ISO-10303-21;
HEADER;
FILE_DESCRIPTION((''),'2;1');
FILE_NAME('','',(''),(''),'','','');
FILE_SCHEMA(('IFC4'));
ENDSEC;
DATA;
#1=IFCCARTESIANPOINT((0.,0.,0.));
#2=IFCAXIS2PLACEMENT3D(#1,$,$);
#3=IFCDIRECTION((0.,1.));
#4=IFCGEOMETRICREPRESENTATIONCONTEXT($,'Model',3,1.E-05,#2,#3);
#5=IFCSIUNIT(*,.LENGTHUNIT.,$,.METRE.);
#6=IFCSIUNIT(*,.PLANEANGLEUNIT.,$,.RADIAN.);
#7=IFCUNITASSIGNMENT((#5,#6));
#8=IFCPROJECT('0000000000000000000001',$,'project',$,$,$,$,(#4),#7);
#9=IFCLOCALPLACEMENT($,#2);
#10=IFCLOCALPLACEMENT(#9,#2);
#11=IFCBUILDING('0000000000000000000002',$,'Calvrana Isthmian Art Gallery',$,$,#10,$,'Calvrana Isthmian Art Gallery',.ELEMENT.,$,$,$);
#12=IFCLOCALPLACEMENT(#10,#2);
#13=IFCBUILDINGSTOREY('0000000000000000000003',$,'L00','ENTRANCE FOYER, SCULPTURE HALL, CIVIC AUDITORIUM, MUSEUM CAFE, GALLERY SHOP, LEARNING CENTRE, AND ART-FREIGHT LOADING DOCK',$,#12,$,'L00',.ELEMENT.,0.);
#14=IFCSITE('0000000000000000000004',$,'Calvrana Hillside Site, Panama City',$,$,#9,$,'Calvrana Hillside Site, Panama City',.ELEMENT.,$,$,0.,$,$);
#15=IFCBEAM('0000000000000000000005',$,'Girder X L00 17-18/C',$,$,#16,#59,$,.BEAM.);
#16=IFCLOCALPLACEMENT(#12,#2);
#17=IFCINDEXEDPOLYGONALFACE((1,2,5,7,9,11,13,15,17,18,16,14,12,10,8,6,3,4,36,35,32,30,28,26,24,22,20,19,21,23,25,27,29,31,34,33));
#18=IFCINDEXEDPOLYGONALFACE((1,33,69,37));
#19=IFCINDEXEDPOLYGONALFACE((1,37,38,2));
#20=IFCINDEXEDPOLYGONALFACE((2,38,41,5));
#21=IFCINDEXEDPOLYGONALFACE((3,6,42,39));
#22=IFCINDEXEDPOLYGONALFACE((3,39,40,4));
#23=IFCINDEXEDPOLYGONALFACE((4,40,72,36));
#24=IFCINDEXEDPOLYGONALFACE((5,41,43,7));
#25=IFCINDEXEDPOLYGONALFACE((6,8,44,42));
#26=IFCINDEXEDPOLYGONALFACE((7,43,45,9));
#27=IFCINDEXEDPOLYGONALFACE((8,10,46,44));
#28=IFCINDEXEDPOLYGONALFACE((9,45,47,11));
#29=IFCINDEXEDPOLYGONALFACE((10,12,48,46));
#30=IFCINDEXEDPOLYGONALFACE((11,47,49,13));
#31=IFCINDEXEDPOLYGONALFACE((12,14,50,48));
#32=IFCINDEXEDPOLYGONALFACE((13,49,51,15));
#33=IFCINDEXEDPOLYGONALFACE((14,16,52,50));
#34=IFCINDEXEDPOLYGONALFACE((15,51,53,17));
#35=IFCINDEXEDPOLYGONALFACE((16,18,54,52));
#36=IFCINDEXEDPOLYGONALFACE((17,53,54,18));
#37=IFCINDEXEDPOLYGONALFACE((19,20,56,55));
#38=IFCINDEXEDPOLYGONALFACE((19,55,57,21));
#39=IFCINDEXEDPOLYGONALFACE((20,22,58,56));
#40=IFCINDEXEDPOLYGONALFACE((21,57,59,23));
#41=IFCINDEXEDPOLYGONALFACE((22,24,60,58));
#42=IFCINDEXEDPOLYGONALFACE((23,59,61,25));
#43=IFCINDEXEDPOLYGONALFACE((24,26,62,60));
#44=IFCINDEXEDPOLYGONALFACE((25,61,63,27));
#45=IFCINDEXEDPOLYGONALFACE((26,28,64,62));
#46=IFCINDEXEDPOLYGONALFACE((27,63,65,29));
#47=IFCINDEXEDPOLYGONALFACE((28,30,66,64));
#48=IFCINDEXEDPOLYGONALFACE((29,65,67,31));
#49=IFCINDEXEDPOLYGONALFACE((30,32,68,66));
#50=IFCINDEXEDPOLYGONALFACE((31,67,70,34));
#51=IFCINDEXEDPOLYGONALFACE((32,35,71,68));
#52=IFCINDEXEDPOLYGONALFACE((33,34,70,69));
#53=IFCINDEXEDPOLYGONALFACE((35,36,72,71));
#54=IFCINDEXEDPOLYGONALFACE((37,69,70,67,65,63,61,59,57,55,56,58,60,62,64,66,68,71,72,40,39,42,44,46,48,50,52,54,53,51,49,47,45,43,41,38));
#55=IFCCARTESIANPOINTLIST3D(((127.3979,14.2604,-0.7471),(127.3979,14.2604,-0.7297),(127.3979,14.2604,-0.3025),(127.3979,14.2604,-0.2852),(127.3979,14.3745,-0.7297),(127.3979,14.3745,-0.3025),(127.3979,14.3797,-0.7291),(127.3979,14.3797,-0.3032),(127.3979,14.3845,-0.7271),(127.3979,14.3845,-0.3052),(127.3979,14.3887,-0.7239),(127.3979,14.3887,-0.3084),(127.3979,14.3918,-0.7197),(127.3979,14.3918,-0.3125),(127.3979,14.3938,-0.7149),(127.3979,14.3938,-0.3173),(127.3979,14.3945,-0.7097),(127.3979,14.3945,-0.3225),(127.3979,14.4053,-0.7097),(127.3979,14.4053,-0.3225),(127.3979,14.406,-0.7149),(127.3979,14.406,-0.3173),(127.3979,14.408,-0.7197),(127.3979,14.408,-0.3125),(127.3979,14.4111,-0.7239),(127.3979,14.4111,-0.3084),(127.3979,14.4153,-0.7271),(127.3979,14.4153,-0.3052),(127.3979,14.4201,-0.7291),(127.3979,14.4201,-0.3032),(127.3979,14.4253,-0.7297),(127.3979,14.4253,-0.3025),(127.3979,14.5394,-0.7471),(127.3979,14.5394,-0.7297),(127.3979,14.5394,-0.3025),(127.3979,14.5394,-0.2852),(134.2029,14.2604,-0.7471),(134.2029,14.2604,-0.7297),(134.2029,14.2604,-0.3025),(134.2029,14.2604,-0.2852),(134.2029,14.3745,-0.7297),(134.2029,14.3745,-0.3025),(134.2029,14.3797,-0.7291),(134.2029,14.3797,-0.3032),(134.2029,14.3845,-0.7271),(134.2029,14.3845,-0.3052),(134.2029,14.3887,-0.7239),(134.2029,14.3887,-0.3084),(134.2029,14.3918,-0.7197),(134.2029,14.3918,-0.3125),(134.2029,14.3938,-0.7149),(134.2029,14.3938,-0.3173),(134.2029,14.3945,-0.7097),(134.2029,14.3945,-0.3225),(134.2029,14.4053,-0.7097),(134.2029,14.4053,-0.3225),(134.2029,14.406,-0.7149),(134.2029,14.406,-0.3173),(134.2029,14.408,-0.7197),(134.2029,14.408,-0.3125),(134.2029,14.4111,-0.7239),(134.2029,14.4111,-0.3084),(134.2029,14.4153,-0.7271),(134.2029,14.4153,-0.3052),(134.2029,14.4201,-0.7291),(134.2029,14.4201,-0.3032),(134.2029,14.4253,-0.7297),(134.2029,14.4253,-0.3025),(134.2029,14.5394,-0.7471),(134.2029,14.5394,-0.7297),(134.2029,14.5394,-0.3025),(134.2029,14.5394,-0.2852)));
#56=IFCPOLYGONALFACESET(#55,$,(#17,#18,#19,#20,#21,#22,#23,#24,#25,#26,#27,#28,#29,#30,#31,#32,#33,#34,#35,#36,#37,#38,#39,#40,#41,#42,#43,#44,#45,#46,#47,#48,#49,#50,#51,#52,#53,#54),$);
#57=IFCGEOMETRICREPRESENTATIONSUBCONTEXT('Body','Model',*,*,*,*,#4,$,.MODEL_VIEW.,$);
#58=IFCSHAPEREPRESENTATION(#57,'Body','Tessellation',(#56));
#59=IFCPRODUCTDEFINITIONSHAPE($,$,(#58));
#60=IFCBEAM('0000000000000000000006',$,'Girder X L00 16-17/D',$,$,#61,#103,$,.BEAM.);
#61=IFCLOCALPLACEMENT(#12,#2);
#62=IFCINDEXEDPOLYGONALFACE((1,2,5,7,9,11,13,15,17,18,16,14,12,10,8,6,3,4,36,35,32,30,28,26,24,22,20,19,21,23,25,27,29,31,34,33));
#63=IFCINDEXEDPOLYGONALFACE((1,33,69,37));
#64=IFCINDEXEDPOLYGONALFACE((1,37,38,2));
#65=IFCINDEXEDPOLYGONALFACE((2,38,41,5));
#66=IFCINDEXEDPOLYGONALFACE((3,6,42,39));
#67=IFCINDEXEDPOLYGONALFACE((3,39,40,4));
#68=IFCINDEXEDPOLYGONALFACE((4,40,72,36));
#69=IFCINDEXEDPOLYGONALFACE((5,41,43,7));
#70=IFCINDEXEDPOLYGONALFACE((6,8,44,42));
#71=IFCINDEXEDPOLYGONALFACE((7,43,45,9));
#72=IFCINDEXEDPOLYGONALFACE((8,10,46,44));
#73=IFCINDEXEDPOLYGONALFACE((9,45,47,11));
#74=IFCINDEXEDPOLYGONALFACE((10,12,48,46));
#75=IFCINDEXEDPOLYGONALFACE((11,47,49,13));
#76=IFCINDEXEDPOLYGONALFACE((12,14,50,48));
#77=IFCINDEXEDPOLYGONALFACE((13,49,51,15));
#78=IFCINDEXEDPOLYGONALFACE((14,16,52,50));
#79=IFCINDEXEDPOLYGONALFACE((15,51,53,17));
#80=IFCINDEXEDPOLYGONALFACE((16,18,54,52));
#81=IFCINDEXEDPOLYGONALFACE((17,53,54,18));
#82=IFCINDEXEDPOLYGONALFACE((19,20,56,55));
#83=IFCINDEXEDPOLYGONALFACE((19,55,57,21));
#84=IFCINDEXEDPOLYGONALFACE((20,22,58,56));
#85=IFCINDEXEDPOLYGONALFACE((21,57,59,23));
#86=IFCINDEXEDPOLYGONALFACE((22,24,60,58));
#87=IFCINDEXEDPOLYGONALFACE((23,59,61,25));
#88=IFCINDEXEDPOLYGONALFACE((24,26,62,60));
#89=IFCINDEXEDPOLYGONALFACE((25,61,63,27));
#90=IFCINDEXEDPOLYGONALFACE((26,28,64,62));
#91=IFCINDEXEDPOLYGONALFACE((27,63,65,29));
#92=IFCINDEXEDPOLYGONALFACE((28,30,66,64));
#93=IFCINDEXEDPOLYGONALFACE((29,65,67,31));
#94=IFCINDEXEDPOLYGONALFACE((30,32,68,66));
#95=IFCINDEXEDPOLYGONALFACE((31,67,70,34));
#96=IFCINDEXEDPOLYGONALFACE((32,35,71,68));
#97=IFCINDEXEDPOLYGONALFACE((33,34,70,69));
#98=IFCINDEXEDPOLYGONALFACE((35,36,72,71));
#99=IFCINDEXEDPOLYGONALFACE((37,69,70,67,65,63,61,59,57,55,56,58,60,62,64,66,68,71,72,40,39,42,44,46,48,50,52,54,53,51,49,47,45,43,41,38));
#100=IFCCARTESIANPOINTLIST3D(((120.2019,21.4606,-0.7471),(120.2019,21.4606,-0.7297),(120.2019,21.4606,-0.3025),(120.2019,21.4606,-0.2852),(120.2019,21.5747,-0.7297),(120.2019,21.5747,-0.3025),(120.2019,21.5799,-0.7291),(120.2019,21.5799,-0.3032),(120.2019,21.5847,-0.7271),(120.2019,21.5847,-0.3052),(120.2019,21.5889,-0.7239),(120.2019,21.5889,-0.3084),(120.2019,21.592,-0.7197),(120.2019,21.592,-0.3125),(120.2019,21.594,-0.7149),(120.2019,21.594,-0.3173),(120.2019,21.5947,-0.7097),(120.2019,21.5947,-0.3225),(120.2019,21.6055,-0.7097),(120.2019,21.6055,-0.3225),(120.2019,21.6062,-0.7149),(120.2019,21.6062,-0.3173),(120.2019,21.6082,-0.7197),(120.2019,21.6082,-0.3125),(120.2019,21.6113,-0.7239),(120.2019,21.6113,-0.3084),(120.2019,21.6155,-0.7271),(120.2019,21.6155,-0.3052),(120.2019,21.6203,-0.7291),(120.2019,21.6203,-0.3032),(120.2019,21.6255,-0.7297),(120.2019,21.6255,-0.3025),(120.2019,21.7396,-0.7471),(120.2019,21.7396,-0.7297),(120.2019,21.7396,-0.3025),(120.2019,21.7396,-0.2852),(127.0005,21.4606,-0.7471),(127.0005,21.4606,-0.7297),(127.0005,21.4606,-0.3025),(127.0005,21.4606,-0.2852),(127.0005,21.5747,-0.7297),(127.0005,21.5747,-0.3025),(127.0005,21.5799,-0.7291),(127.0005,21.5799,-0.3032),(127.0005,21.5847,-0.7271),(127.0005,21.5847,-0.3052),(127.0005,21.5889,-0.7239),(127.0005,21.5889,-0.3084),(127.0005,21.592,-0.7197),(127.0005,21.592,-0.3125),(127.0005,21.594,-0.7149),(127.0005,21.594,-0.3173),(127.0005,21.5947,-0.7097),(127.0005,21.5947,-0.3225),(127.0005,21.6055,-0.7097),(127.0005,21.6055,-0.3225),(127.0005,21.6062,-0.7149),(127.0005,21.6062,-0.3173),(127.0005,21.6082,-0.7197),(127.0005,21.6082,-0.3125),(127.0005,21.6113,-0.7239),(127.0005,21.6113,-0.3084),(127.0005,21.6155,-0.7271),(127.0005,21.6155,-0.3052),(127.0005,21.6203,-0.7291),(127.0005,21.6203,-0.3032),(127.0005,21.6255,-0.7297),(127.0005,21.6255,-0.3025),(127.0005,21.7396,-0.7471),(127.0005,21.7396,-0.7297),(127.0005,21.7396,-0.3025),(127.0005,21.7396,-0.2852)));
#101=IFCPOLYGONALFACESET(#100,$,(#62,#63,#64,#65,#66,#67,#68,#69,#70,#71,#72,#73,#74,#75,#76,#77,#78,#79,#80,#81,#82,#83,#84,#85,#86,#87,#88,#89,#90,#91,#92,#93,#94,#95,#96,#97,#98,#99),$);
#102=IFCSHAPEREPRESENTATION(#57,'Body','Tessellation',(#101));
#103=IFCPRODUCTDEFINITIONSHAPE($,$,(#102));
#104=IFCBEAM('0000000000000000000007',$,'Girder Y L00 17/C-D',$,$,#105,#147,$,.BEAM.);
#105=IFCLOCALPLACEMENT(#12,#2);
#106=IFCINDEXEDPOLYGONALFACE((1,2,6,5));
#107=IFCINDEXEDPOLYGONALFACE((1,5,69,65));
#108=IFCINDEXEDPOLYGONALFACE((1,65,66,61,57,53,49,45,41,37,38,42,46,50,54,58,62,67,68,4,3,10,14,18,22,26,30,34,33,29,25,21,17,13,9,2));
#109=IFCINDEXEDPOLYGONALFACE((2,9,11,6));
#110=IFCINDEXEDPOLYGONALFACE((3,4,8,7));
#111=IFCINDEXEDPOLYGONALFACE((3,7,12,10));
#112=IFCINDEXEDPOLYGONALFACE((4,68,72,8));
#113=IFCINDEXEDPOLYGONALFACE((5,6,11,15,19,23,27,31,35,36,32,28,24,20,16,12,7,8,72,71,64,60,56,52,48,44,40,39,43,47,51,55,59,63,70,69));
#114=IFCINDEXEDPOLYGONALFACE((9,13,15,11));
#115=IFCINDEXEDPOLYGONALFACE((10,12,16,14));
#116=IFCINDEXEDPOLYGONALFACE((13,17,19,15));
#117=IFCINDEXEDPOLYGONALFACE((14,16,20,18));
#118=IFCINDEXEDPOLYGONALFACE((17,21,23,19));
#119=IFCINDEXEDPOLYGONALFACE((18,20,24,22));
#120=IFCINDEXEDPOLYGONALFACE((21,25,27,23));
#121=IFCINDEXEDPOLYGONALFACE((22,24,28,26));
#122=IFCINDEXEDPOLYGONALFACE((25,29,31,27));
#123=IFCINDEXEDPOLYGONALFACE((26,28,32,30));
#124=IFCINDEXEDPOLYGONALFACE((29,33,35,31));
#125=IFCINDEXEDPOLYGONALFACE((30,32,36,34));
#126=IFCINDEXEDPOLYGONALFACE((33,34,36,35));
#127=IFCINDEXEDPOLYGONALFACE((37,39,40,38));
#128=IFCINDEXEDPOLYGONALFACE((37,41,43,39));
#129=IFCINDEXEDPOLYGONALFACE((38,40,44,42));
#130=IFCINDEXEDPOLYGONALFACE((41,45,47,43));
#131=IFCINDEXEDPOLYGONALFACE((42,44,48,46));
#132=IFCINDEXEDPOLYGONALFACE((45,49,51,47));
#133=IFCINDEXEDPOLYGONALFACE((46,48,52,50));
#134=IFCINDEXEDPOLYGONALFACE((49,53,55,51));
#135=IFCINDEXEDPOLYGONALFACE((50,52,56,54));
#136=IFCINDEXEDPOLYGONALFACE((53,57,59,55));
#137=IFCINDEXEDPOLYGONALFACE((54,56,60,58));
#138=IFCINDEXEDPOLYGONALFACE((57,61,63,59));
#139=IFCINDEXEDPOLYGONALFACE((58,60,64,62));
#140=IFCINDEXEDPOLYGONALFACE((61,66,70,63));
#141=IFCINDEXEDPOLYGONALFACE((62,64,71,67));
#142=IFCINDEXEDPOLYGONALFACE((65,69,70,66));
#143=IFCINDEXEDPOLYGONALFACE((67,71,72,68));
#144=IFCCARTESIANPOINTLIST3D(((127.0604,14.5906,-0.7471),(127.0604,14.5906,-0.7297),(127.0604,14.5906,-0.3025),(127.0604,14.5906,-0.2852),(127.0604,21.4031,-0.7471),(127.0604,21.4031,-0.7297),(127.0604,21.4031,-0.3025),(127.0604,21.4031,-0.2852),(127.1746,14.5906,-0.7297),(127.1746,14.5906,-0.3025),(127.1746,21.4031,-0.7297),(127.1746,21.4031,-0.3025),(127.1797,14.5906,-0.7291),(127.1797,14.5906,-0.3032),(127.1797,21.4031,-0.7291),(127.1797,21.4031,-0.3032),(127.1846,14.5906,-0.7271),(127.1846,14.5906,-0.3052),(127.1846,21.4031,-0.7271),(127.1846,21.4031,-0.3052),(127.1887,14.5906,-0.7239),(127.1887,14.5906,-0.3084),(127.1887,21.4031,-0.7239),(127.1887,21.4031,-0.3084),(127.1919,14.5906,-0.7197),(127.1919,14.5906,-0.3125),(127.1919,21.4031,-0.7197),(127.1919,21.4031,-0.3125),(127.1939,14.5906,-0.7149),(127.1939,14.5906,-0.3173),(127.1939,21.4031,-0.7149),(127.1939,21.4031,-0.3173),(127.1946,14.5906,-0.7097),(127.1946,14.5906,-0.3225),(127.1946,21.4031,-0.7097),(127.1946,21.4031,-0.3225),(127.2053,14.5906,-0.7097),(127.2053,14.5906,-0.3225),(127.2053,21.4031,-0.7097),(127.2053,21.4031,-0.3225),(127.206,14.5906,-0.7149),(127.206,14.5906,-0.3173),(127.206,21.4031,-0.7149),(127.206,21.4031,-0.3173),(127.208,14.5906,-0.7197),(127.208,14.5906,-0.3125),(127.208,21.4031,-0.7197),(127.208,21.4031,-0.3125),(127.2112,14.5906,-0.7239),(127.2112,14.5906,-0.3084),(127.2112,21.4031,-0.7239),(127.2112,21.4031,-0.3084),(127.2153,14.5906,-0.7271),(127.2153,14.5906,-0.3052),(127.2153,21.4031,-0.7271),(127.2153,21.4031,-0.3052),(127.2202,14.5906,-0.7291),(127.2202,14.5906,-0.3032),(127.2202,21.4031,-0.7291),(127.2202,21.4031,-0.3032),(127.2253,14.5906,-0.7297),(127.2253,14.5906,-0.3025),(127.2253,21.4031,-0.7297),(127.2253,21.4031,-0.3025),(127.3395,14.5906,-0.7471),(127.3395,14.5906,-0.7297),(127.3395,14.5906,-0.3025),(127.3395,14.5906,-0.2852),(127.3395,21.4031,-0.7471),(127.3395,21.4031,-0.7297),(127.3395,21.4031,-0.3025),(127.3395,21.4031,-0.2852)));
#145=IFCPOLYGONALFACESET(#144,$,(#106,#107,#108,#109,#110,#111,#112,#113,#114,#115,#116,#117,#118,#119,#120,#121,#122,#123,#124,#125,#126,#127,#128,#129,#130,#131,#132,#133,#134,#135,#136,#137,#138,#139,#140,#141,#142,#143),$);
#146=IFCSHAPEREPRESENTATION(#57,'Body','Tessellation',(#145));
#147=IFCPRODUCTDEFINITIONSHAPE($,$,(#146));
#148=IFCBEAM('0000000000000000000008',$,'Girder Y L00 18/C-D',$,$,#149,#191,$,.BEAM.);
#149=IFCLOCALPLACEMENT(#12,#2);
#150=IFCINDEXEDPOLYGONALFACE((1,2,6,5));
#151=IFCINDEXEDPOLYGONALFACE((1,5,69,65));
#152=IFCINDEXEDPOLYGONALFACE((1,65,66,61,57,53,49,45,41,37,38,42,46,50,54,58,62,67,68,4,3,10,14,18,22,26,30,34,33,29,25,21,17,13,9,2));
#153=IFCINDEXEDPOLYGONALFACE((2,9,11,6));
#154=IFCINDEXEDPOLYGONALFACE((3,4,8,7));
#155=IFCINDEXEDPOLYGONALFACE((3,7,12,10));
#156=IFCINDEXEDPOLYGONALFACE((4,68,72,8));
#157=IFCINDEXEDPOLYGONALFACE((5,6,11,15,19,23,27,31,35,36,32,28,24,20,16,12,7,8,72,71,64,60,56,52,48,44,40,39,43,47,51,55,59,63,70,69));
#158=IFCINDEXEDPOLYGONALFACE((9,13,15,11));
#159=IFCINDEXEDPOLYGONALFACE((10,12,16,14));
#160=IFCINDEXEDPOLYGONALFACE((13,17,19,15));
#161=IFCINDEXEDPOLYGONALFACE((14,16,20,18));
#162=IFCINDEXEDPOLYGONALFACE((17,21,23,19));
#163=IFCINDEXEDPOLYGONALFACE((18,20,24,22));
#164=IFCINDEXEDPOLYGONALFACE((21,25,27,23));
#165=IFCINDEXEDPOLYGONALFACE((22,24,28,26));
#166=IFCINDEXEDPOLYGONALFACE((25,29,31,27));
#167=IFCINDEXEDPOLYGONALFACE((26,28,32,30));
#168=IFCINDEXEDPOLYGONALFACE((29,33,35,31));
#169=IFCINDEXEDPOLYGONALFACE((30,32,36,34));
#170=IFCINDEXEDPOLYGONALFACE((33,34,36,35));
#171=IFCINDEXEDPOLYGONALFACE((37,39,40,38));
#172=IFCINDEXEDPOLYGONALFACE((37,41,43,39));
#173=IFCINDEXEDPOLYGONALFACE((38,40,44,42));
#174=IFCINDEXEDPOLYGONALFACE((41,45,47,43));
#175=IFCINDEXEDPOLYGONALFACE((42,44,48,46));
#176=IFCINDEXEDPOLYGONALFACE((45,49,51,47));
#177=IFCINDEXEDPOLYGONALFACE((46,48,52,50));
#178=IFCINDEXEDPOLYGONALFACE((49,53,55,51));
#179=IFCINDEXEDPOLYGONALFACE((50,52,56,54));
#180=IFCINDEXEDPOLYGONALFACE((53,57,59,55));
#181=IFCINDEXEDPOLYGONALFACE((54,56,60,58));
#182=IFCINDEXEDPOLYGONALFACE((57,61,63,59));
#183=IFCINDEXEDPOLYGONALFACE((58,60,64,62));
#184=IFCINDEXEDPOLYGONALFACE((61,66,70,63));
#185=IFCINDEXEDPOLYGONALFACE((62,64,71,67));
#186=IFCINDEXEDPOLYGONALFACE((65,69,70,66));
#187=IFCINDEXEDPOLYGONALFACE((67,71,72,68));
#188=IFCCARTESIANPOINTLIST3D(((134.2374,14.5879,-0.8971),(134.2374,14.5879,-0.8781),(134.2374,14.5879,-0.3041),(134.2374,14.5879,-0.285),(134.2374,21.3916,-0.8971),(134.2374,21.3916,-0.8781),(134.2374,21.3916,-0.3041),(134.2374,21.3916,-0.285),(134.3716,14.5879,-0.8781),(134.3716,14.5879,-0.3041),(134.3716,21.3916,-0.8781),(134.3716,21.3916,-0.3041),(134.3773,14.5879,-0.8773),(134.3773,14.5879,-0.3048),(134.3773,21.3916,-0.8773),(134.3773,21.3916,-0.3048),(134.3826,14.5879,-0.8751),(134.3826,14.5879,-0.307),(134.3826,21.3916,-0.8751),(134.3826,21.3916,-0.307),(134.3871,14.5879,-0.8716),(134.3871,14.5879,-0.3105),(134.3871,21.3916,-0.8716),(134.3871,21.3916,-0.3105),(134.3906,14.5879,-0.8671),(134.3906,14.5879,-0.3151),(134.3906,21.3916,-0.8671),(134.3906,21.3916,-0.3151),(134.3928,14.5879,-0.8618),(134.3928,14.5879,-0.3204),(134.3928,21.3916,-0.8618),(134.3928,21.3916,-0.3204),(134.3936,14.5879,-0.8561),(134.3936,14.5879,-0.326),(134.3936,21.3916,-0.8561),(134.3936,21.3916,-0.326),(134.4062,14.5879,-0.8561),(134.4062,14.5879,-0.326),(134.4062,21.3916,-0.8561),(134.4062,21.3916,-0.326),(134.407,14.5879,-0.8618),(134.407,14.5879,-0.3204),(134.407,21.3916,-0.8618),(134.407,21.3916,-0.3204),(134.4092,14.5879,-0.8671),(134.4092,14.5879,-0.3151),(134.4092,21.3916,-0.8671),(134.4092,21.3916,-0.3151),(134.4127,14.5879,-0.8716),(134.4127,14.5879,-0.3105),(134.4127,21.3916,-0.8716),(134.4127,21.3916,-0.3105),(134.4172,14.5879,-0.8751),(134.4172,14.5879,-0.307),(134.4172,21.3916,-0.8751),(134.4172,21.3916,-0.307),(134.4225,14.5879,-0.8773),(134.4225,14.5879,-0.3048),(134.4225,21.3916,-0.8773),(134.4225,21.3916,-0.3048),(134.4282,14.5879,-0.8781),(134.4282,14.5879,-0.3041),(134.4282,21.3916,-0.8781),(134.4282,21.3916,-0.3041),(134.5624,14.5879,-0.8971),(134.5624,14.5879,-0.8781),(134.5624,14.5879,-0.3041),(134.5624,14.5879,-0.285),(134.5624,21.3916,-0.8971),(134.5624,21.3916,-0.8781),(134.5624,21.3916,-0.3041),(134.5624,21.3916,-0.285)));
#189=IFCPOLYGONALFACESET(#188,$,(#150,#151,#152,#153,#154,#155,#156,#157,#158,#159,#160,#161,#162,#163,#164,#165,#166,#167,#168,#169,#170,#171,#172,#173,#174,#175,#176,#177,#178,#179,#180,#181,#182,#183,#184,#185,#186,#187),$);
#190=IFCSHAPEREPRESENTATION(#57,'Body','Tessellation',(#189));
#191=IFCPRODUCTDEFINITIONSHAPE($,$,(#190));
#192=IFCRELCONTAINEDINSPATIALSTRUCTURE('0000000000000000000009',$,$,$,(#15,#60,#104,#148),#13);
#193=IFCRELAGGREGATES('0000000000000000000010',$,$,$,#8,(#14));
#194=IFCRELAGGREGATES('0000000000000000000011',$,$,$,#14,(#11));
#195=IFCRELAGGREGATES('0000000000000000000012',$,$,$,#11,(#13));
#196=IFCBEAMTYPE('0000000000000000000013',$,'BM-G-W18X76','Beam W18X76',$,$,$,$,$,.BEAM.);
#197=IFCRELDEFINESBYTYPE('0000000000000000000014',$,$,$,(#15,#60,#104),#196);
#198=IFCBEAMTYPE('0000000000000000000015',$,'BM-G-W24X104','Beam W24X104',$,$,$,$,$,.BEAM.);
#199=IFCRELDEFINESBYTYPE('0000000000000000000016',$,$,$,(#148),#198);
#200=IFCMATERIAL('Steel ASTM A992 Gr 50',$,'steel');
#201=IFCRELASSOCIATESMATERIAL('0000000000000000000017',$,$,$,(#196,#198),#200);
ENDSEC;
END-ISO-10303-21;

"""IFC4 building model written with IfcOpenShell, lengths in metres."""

from ifc_helpers import new_model, si_unit, direction, frame, origin, origin_2d, place, context, subcontext, project, spatial, i_section, extrude, material, material_profile, profile_set, type_object, element, save


model = new_model("IFC4")

# Units and contexts
model_context = context("Model", 3, precision=1e-05, world=origin(), true_north=direction((0.0, 1.0)))
body_context = subcontext(model_context, "Body", "Model", "MODEL_VIEW")
ifc_project = project(units=[si_unit("LENGTHUNIT", "METRE"), si_unit("PLANEANGLEUNIT", "RADIAN")], contexts=[model_context])

# Site, building, storey
site_placement = place(None, origin())
site = spatial("IfcSite", under=ifc_project, at=site_placement, Name="Calvrana Hillside Site, Panama City", LongName="Calvrana Hillside Site, Panama City", CompositionType="ELEMENT", RefElevation=0.0)
building_placement = place(site_placement, origin())
building = spatial("IfcBuilding", under=site, at=building_placement, Name="Calvrana Isthmian Art Gallery", LongName="Calvrana Isthmian Art Gallery", CompositionType="ELEMENT")
storey_placement = place(building_placement, origin())
storey = spatial("IfcBuildingStorey", under=building, at=storey_placement, Name="L00", Description="ENTRANCE FOYER, SCULPTURE HALL, CIVIC AUDITORIUM, MUSEUM CAFE, GALLERY SHOP, LEARNING CENTRE, AND ART-FREIGHT LOADING DOCK", LongName="L00", CompositionType="ELEMENT", Elevation=0.0)

# Shared definitions
ifc_material_1 = material(Name="Steel ASTM A992 Gr 50", Category="steel")

# Beams
ifc_material_profile_1 = material_profile(ifc_material_1, i_section(OverallWidth=0.2791, OverallDepth=0.4619, WebThickness=0.0107, FlangeThickness=0.0173, FilletRadius=0.02, at=origin_2d()), Name="W18X76")
ifc_profile_set_1 = profile_set([ifc_material_profile_1], Name="Steel ASTM A992 Gr 50")
beam_type_1 = type_object("IfcBeamType", Name="BM-G-W18X76", Description="Beam W18X76", PredefinedType="BEAM", material=ifc_profile_set_1)
beam_1_placement = place(storey_placement, frame((127.3979, 14.3999, -0.5161), z_axis=(1.0, 0.0, 0.0), x_axis=(0.0, 1.0, 0.0)))
element("IfcBeam", 1, at=beam_1_placement, inside=storey, type_object=beam_type_1, Name="Girder X L00 17-18/C", PredefinedType="BEAM", context=body_context, shape_type="SweptSolid", body=[
    extrude(i_section(OverallWidth=0.2791, OverallDepth=0.4619, WebThickness=0.0107, FlangeThickness=0.0173, FilletRadius=0.02, at=origin_2d()), origin(), (0.0, 0.0, 1.0), 6.8049),
])
beam_2_placement = place(storey_placement, frame((120.2019, 21.6001, -0.5161), z_axis=(1.0, 0.0, 0.0), x_axis=(0.0, 1.0, 0.0)))
element("IfcBeam", 2, at=beam_2_placement, inside=storey, type_object=beam_type_1, Name="Girder X L00 16-17/D", PredefinedType="BEAM", context=body_context, shape_type="SweptSolid", body=[
    extrude(i_section(OverallWidth=0.2791, OverallDepth=0.4619, WebThickness=0.0107, FlangeThickness=0.0173, FilletRadius=0.02, at=origin_2d()), origin(), (0.0, 0.0, 1.0), 6.7986),
])
beam_3_placement = place(storey_placement, frame((127.2, 14.5906, -0.5161), z_axis=(0.0, 1.0, 0.0), x_axis=(-1.0, 0.0, 0.0)))
element("IfcBeam", 3, at=beam_3_placement, inside=storey, type_object=beam_type_1, Name="Girder Y L00 17/C-D", PredefinedType="BEAM", context=body_context, shape_type="SweptSolid", body=[
    extrude(i_section(OverallWidth=0.2791, OverallDepth=0.4619, WebThickness=0.0107, FlangeThickness=0.0173, FilletRadius=0.02, at=origin_2d()), origin(), (0.0, 0.0, 1.0), 6.8125),
])
ifc_material_profile_2 = material_profile(ifc_material_1, i_section(OverallWidth=0.325, OverallDepth=0.6121, WebThickness=0.0127, FlangeThickness=0.019, FilletRadius=0.022, at=origin_2d()), Name="W24X104")
ifc_profile_set_2 = profile_set([ifc_material_profile_2], Name="Steel ASTM A992 Gr 50")
beam_type_2 = type_object("IfcBeamType", Name="BM-G-W24X104", Description="Beam W24X104", PredefinedType="BEAM", material=ifc_profile_set_2)
beam_4_placement = place(storey_placement, frame((134.3999, 14.5879, -0.5911), z_axis=(0.0, 1.0, 0.0), x_axis=(-1.0, 0.0, 0.0)))
element("IfcBeam", 4, at=beam_4_placement, inside=storey, type_object=beam_type_2, Name="Girder Y L00 18/C-D", PredefinedType="BEAM", context=body_context, shape_type="SweptSolid", body=[
    extrude(i_section(OverallWidth=0.325, OverallDepth=0.6121, WebThickness=0.0127, FlangeThickness=0.019, FilletRadius=0.022, at=origin_2d()), origin(), (0.0, 0.0, 1.0), 6.8037),
])

save(model, "model.ifc")
